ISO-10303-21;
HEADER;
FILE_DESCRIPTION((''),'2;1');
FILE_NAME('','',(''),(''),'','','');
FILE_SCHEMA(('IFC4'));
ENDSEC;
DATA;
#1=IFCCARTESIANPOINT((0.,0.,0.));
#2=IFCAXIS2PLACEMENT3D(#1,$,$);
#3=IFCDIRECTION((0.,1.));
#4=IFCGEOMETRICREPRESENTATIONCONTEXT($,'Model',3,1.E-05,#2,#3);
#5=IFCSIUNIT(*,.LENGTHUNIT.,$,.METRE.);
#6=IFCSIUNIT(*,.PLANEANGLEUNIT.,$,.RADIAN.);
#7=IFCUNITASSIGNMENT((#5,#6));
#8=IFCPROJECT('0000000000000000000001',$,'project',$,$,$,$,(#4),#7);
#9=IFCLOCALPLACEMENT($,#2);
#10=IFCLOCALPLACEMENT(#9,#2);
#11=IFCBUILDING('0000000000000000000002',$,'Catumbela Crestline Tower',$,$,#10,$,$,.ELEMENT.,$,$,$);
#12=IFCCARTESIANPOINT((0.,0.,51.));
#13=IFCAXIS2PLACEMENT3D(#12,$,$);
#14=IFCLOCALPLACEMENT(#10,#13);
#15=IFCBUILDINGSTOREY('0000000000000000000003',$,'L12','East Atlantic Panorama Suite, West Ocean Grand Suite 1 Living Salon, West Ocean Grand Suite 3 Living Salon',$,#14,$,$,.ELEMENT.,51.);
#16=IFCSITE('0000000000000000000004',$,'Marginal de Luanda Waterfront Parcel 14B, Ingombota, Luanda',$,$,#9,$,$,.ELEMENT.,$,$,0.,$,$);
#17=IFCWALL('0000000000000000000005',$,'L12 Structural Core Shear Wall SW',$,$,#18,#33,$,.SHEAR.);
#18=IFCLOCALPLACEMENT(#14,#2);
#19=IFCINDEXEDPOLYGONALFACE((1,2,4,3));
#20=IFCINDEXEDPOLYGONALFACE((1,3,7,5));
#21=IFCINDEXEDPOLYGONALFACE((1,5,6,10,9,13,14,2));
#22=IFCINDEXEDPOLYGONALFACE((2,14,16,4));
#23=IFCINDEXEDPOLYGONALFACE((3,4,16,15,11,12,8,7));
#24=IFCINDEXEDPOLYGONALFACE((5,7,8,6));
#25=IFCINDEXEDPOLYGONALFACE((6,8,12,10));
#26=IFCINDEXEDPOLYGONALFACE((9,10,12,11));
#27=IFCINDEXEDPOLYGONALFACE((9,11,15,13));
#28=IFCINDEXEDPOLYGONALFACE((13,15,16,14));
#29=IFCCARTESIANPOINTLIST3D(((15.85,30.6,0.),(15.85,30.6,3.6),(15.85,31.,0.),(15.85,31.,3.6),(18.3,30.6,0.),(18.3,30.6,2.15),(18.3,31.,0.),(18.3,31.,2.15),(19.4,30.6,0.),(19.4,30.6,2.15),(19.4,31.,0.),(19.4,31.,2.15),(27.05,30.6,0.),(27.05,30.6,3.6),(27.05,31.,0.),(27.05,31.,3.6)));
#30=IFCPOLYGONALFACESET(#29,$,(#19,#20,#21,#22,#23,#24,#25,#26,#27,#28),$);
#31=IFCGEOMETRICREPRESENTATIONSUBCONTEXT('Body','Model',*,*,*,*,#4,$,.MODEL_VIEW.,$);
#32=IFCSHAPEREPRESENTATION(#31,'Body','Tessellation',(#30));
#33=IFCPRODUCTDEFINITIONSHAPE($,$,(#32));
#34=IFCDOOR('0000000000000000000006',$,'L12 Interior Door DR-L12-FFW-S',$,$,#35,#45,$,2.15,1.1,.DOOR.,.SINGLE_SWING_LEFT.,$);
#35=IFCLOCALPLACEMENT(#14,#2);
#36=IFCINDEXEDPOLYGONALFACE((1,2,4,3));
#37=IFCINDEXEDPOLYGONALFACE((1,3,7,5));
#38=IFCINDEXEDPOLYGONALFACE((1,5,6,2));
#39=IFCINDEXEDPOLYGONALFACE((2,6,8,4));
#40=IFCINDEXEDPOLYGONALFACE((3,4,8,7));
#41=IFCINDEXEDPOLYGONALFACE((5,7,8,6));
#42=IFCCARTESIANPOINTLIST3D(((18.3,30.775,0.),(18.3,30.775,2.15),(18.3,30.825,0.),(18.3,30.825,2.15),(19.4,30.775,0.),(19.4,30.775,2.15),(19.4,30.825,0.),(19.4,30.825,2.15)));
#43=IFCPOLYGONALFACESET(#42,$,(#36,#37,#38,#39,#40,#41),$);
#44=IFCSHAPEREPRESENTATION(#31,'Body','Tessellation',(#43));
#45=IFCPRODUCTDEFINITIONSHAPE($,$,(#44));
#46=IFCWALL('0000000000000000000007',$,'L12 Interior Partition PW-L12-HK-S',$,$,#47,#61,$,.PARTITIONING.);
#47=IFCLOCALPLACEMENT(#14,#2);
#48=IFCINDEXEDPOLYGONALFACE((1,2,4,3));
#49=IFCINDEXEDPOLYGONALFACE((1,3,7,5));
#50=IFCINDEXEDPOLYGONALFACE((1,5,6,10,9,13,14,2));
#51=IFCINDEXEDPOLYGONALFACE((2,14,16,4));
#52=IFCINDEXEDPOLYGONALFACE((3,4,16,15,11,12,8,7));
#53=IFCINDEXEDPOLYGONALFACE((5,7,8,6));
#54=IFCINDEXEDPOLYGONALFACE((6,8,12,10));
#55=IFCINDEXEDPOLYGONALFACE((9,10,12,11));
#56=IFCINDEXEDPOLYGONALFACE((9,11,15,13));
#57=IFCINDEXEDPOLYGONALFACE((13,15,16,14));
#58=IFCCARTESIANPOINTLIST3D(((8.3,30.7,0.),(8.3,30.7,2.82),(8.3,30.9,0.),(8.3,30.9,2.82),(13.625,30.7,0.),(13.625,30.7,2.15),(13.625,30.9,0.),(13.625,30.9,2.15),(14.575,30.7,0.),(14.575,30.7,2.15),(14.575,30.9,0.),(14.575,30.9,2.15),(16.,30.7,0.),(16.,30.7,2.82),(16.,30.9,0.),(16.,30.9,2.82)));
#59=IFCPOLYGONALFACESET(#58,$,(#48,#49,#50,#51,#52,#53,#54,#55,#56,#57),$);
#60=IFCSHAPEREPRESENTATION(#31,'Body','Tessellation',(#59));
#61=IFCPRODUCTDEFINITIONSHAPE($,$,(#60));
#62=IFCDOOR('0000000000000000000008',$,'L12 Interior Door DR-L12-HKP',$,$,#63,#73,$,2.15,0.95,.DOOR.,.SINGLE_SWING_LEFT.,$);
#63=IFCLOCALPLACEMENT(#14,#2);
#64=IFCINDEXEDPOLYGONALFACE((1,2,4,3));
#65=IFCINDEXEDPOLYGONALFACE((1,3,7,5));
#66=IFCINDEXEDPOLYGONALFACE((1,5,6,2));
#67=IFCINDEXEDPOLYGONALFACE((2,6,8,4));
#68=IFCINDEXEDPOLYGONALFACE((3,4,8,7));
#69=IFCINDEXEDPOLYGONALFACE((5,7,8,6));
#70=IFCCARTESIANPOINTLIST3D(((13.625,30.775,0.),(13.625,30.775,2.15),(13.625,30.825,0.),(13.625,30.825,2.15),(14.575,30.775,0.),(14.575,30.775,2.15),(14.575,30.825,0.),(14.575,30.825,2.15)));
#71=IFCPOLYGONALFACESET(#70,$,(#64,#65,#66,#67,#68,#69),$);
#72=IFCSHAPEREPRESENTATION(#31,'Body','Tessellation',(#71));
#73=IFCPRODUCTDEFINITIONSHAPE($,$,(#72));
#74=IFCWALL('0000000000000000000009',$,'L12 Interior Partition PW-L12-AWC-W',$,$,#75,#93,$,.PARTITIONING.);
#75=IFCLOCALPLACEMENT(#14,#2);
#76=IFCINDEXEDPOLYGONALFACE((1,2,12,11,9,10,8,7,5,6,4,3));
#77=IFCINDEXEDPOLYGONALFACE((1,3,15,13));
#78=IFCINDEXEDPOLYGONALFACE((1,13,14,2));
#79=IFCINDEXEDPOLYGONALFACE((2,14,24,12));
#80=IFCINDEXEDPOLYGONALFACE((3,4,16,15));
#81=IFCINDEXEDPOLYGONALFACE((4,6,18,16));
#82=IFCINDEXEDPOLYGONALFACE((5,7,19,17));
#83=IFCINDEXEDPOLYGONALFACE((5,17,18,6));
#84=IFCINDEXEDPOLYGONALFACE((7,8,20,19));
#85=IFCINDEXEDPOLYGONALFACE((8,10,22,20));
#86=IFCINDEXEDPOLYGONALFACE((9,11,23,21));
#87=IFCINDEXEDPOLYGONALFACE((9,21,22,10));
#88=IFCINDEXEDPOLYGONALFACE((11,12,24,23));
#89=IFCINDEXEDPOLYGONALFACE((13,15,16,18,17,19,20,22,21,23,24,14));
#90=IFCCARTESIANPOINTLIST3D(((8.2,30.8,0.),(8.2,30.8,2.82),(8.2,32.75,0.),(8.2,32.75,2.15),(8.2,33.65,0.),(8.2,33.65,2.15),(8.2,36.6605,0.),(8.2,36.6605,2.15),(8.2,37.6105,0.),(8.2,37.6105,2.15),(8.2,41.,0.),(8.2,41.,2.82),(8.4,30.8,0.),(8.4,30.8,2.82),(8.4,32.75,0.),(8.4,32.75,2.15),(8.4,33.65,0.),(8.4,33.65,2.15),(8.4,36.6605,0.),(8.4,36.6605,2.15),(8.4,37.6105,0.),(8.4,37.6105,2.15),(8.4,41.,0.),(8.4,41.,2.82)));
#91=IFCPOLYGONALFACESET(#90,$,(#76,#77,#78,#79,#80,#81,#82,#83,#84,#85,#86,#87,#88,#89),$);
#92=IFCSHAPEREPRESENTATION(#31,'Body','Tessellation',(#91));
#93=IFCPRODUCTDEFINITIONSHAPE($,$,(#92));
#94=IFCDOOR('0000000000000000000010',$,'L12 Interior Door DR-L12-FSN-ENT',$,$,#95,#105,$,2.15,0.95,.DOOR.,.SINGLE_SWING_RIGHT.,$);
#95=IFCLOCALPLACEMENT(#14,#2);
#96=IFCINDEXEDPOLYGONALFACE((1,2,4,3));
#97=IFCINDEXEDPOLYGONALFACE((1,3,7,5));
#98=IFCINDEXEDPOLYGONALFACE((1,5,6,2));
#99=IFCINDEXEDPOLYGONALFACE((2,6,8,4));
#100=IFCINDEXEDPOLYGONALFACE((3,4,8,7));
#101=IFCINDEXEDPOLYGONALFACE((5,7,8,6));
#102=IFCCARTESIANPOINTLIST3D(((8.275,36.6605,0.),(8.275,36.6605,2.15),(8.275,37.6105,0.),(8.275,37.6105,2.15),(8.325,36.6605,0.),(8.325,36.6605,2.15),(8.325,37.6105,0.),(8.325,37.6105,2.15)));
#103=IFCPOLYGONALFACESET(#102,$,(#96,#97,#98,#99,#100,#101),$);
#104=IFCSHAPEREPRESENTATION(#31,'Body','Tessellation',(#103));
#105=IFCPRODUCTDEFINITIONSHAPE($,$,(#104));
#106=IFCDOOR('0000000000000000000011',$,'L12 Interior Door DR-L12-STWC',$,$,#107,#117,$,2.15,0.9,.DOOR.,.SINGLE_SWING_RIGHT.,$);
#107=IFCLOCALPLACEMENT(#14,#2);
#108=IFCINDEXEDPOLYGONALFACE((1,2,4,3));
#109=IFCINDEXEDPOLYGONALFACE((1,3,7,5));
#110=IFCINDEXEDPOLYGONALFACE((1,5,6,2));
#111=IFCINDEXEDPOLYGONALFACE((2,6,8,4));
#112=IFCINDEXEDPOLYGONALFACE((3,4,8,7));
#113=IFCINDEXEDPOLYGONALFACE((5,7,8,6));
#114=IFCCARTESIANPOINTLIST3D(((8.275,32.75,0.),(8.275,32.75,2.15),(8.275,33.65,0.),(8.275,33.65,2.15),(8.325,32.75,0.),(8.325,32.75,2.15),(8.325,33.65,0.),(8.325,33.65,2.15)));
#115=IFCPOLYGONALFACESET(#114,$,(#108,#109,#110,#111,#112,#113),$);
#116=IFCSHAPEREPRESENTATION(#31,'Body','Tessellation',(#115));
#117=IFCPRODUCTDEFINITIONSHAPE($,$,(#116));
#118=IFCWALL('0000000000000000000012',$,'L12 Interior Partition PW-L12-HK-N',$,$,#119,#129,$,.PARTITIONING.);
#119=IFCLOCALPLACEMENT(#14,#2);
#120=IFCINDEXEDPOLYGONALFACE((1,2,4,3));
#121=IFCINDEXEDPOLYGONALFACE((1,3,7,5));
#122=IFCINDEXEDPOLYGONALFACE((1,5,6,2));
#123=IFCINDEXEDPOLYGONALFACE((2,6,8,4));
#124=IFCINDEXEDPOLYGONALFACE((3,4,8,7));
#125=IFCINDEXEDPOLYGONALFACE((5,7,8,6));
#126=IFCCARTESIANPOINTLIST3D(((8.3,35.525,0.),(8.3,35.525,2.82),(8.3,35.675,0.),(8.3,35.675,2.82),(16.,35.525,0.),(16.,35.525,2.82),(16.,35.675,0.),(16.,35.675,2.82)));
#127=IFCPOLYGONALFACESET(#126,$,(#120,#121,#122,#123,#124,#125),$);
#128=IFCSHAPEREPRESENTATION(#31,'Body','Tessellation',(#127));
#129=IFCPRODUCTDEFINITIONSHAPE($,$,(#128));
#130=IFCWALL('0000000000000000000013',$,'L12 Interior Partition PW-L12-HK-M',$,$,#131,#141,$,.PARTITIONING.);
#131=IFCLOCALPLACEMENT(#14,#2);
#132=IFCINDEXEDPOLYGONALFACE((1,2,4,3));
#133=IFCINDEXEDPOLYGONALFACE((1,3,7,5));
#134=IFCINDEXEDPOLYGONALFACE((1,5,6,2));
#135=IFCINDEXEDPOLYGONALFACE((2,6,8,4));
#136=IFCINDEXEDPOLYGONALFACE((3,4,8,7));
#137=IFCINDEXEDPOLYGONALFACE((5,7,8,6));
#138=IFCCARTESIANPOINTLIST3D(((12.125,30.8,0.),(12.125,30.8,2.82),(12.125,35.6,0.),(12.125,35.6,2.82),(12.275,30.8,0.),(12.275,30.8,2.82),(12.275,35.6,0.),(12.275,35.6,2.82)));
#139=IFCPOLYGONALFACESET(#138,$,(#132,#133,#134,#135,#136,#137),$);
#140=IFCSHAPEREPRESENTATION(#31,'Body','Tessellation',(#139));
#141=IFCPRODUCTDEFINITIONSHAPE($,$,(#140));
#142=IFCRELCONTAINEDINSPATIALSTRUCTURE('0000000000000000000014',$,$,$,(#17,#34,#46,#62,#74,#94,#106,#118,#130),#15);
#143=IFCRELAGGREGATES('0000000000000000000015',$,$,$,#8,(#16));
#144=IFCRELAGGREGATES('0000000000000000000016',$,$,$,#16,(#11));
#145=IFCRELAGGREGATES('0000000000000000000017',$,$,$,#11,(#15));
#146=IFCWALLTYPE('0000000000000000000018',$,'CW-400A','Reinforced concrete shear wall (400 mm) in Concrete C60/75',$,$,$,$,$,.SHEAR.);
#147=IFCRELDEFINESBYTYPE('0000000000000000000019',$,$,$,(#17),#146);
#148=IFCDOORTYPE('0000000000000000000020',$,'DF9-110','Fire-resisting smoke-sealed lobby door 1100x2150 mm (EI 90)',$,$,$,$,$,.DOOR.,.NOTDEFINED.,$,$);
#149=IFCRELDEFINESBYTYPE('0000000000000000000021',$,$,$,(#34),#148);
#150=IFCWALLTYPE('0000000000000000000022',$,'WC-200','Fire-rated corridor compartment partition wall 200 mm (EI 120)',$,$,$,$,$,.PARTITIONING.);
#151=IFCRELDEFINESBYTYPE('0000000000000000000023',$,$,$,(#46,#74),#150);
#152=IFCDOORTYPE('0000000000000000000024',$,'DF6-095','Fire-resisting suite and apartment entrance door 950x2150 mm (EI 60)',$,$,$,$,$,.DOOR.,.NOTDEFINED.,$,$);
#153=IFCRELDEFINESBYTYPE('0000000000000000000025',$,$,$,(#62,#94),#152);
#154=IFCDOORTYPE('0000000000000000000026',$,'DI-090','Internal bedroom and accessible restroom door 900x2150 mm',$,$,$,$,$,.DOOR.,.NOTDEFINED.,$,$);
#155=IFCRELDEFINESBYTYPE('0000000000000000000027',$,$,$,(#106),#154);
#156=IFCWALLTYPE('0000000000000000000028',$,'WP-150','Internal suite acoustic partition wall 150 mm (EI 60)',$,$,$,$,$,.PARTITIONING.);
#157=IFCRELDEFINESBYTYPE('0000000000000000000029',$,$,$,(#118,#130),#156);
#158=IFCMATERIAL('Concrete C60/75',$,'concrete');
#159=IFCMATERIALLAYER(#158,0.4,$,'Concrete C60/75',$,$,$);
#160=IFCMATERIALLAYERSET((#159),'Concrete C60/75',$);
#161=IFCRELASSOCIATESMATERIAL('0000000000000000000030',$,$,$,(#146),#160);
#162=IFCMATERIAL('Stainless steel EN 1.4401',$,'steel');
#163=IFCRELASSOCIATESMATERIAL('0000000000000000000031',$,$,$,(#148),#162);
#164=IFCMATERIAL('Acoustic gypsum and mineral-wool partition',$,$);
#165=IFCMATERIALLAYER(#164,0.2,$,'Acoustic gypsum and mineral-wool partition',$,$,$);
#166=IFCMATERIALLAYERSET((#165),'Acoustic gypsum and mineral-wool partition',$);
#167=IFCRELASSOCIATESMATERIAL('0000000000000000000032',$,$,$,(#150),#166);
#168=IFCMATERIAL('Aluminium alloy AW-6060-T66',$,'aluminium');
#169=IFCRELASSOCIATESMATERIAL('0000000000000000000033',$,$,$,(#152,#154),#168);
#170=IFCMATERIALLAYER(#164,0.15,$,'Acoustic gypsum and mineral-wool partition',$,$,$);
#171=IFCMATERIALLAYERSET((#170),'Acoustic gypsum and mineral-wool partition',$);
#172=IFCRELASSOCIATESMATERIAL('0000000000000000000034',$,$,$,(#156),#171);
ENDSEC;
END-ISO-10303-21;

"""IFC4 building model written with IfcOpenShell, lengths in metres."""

from ifc_helpers import new_model, si_unit, direction, frame, frame_2d, origin, place, context, subcontext, project, spatial, rectangle, extrude, material, layer, layer_set, type_object, element, fill, save


model = new_model("IFC4")

# Units and contexts
model_context = context("Model", 3, precision=1e-05, world=origin(), true_north=direction((0.0, 1.0)))
body_context = subcontext(model_context, "Body", "Model", "MODEL_VIEW")
ifc_project = project(units=[si_unit("LENGTHUNIT", "METRE"), si_unit("PLANEANGLEUNIT", "RADIAN")], contexts=[model_context])

# Site, building, storey
site_placement = place(None, origin())
site = spatial("IfcSite", under=ifc_project, at=site_placement, Name="Marginal de Luanda Waterfront Parcel 14B, Ingombota, Luanda", CompositionType="ELEMENT", RefElevation=0.0)
building_placement = place(site_placement, origin())
building = spatial("IfcBuilding", under=site, at=building_placement, Name="Catumbela Crestline Tower", CompositionType="ELEMENT")
storey_placement = place(building_placement, frame((0.0, 0.0, 51.0)))
storey = spatial("IfcBuildingStorey", under=building, at=storey_placement, Name="L12", Description="East Atlantic Panorama Suite, West Ocean Grand Suite 1 Living Salon, West Ocean Grand Suite 3 Living Salon", CompositionType="ELEMENT", Elevation=51.0)

# Shared definitions
ifc_material_1 = material(Name="Stainless steel EN 1.4401", Category="steel")

# Shared definitions
ifc_material_2 = material(Name="Concrete C60/75", Category="concrete")
ifc_layer_1 = layer(ifc_material_2, 0.4, Name="Concrete C60/75")
ifc_layer_set_1 = layer_set([ifc_layer_1], Name="Concrete C60/75")
wall_type_1 = type_object("IfcWallType", Name="CW-400A", Description="Reinforced concrete shear wall (400 mm) in Concrete C60/75", PredefinedType="SHEAR", material=ifc_layer_set_1)

# Walls, openings, doors
wall_1_placement = place(storey_placement, frame((15.85, 30.8, 0.0), z_axis=(0.0, 0.0, 1.0), x_axis=(1.0, 0.0, 0.0)))
wall_1 = element("IfcWall", 1, at=wall_1_placement, inside=storey, type_object=wall_type_1, Name="L12 Structural Core Shear Wall SW", PredefinedType="SHEAR", context=body_context, shape_type="SweptSolid", body=[
    extrude(rectangle(XDim=11.2, YDim=0.4, at=frame_2d((5.6, 0.0))), origin(), (0.0, 0.0, 1.0), 3.6),
])
opening_1_placement = place(wall_1_placement, frame((2.45, 0.0, 0.0)))
opening_1 = element("IfcOpeningElement", 2, at=opening_1_placement, cuts=wall_1, PredefinedType="OPENING", context=body_context, shape_type="SweptSolid", body=[
    extrude(rectangle(XDim=1.1, YDim=2.15, at=frame_2d((0.55, 1.075))), frame((0.0, 0.21, 0.0), z_axis=(0.0, -1.0, 0.0), x_axis=(1.0, 0.0, 0.0)), (0.0, 0.0, 1.0), 0.42),
])
door_type_1 = type_object("IfcDoorType", Name="DF9-110", Description="Fire-resisting smoke-sealed lobby door 1100x2150 mm (EI 90)", OperationType="NOTDEFINED", PredefinedType="DOOR", material=ifc_material_1)
door_1_placement = place(opening_1_placement, origin())
door_1 = element("IfcDoor", 3, at=door_1_placement, inside=storey, type_object=door_type_1, Name="L12 Interior Door DR-L12-FFW-S", OperationType="SINGLE_SWING_LEFT", OverallHeight=2.15, OverallWidth=1.1, PredefinedType="DOOR", context=body_context, shape_type="SweptSolid", body=[
    extrude(rectangle(XDim=1.1, YDim=2.15, at=frame_2d((0.55, 1.075))), frame((0.0, 0.025, 0.0), z_axis=(0.0, -1.0, 0.0), x_axis=(1.0, 0.0, 0.0)), (0.0, 0.0, 1.0), 0.05),
])
fill(opening_1, door_1)
ifc_material_3 = material(Name="Acoustic gypsum and mineral-wool partition")
ifc_layer_2 = layer(ifc_material_3, 0.2, Name="Acoustic gypsum and mineral-wool partition")
ifc_layer_set_2 = layer_set([ifc_layer_2], Name="Acoustic gypsum and mineral-wool partition")
wall_type_2 = type_object("IfcWallType", Name="WC-200", Description="Fire-rated corridor compartment partition wall 200 mm (EI 120)", PredefinedType="PARTITIONING", material=ifc_layer_set_2)
wall_2_placement = place(storey_placement, frame((8.3, 30.8, 0.0), z_axis=(0.0, 0.0, 1.0), x_axis=(1.0, 0.0, 0.0)))
wall_2 = element("IfcWall", 4, at=wall_2_placement, inside=storey, type_object=wall_type_2, Name="L12 Interior Partition PW-L12-HK-S", PredefinedType="PARTITIONING", context=body_context, shape_type="SweptSolid", body=[
    extrude(rectangle(XDim=7.7, YDim=0.2, at=frame_2d((3.85, 0.0))), origin(), (0.0, 0.0, 1.0), 2.82),
])
opening_2_placement = place(wall_2_placement, frame((5.325, 0.0, 0.0)))
opening_2 = element("IfcOpeningElement", 5, at=opening_2_placement, cuts=wall_2, PredefinedType="OPENING", context=body_context, shape_type="SweptSolid", body=[
    extrude(rectangle(XDim=0.95, YDim=2.15, at=frame_2d((0.475, 1.075))), frame((0.0, 0.11, 0.0), z_axis=(0.0, -1.0, 0.0), x_axis=(1.0, 0.0, 0.0)), (0.0, 0.0, 1.0), 0.22),
])
ifc_material_4 = material(Name="Aluminium alloy AW-6060-T66", Category="aluminium")
door_type_2 = type_object("IfcDoorType", Name="DF6-095", Description="Fire-resisting suite and apartment entrance door 950x2150 mm (EI 60)", OperationType="NOTDEFINED", PredefinedType="DOOR", material=ifc_material_4)
door_2_placement = place(opening_2_placement, origin())
door_2 = element("IfcDoor", 6, at=door_2_placement, inside=storey, type_object=door_type_2, Name="L12 Interior Door DR-L12-HKP", OperationType="SINGLE_SWING_LEFT", OverallHeight=2.15, OverallWidth=0.95, PredefinedType="DOOR", context=body_context, shape_type="SweptSolid", body=[
    extrude(rectangle(XDim=0.95, YDim=2.15, at=frame_2d((0.475, 1.075))), frame((0.0, 0.025, 0.0), z_axis=(0.0, -1.0, 0.0), x_axis=(1.0, 0.0, 0.0)), (0.0, 0.0, 1.0), 0.05),
])
fill(opening_2, door_2)

# Wall, openings, doors
wall_3_placement = place(storey_placement, frame((8.3, 30.8, 0.0), z_axis=(0.0, 0.0, 1.0), x_axis=(0.0, 1.0, 0.0)))
wall_3 = element("IfcWall", 7, at=wall_3_placement, inside=storey, type_object=wall_type_2, Name="L12 Interior Partition PW-L12-AWC-W", PredefinedType="PARTITIONING", context=body_context, shape_type="SweptSolid", body=[
    extrude(rectangle(XDim=10.2, YDim=0.2, at=frame_2d((5.1, 0.0))), origin(), (0.0, 0.0, 1.0), 2.82),
])
opening_3_placement = place(wall_3_placement, frame((1.95, 0.0, 0.0)))
opening_3 = element("IfcOpeningElement", 8, at=opening_3_placement, cuts=wall_3, PredefinedType="OPENING", context=body_context, shape_type="SweptSolid", body=[
    extrude(rectangle(XDim=0.9, YDim=2.15, at=frame_2d((0.45, 1.075))), frame((0.0, 0.11, 0.0), z_axis=(0.0, -1.0, 0.0), x_axis=(1.0, 0.0, 0.0)), (0.0, 0.0, 1.0), 0.22),
])
opening_4_placement = place(wall_3_placement, frame((5.8605, 0.0, 0.0)))
opening_4 = element("IfcOpeningElement", 9, at=opening_4_placement, cuts=wall_3, PredefinedType="OPENING", context=body_context, shape_type="SweptSolid", body=[
    extrude(rectangle(XDim=0.95, YDim=2.15, at=frame_2d((0.475, 1.075))), frame((0.0, 0.11, 0.0), z_axis=(0.0, -1.0, 0.0), x_axis=(1.0, 0.0, 0.0)), (0.0, 0.0, 1.0), 0.22),
])
door_3_placement = place(opening_4_placement, origin())
door_3 = element("IfcDoor", 10, at=door_3_placement, inside=storey, type_object=door_type_2, Name="L12 Interior Door DR-L12-FSN-ENT", OperationType="SINGLE_SWING_RIGHT", OverallHeight=2.15, OverallWidth=0.95, PredefinedType="DOOR", context=body_context, shape_type="SweptSolid", body=[
    extrude(rectangle(XDim=0.95, YDim=2.15, at=frame_2d((0.475, 1.075))), frame((0.0, 0.025, 0.0), z_axis=(0.0, -1.0, 0.0), x_axis=(1.0, 0.0, 0.0)), (0.0, 0.0, 1.0), 0.05),
])
fill(opening_4, door_3)
door_type_3 = type_object("IfcDoorType", Name="DI-090", Description="Internal bedroom and accessible restroom door 900x2150 mm", OperationType="NOTDEFINED", PredefinedType="DOOR", material=ifc_material_4)
door_4_placement = place(opening_3_placement, origin())
door_4 = element("IfcDoor", 11, at=door_4_placement, inside=storey, type_object=door_type_3, Name="L12 Interior Door DR-L12-STWC", OperationType="SINGLE_SWING_RIGHT", OverallHeight=2.15, OverallWidth=0.9, PredefinedType="DOOR", context=body_context, shape_type="SweptSolid", body=[
    extrude(rectangle(XDim=0.9, YDim=2.15, at=frame_2d((0.45, 1.075))), frame((0.0, 0.025, 0.0), z_axis=(0.0, -1.0, 0.0), x_axis=(1.0, 0.0, 0.0)), (0.0, 0.0, 1.0), 0.05),
])
fill(opening_3, door_4)

# Walls
ifc_layer_3 = layer(ifc_material_3, 0.15, Name="Acoustic gypsum and mineral-wool partition")
ifc_layer_set_3 = layer_set([ifc_layer_3], Name="Acoustic gypsum and mineral-wool partition")
wall_type_3 = type_object("IfcWallType", Name="WP-150", Description="Internal suite acoustic partition wall 150 mm (EI 60)", PredefinedType="PARTITIONING", material=ifc_layer_set_3)
wall_4_placement = place(storey_placement, frame((8.3, 35.6, 0.0), z_axis=(0.0, 0.0, 1.0), x_axis=(1.0, 0.0, 0.0)))
element("IfcWall", 12, at=wall_4_placement, inside=storey, type_object=wall_type_3, Name="L12 Interior Partition PW-L12-HK-N", PredefinedType="PARTITIONING", context=body_context, shape_type="SweptSolid", body=[
    extrude(rectangle(XDim=7.7, YDim=0.15, at=frame_2d((3.85, 0.0))), origin(), (0.0, 0.0, 1.0), 2.82),
])
wall_5_placement = place(storey_placement, frame((12.2, 30.8, 0.0), z_axis=(0.0, 0.0, 1.0), x_axis=(0.0, 1.0, 0.0)))
element("IfcWall", 13, at=wall_5_placement, inside=storey, type_object=wall_type_3, Name="L12 Interior Partition PW-L12-HK-M", PredefinedType="PARTITIONING", context=body_context, shape_type="SweptSolid", body=[
    extrude(rectangle(XDim=4.8, YDim=0.15, at=frame_2d((2.4, 0.0))), origin(), (0.0, 0.0, 1.0), 2.82),
])

save(model, "model.ifc")
